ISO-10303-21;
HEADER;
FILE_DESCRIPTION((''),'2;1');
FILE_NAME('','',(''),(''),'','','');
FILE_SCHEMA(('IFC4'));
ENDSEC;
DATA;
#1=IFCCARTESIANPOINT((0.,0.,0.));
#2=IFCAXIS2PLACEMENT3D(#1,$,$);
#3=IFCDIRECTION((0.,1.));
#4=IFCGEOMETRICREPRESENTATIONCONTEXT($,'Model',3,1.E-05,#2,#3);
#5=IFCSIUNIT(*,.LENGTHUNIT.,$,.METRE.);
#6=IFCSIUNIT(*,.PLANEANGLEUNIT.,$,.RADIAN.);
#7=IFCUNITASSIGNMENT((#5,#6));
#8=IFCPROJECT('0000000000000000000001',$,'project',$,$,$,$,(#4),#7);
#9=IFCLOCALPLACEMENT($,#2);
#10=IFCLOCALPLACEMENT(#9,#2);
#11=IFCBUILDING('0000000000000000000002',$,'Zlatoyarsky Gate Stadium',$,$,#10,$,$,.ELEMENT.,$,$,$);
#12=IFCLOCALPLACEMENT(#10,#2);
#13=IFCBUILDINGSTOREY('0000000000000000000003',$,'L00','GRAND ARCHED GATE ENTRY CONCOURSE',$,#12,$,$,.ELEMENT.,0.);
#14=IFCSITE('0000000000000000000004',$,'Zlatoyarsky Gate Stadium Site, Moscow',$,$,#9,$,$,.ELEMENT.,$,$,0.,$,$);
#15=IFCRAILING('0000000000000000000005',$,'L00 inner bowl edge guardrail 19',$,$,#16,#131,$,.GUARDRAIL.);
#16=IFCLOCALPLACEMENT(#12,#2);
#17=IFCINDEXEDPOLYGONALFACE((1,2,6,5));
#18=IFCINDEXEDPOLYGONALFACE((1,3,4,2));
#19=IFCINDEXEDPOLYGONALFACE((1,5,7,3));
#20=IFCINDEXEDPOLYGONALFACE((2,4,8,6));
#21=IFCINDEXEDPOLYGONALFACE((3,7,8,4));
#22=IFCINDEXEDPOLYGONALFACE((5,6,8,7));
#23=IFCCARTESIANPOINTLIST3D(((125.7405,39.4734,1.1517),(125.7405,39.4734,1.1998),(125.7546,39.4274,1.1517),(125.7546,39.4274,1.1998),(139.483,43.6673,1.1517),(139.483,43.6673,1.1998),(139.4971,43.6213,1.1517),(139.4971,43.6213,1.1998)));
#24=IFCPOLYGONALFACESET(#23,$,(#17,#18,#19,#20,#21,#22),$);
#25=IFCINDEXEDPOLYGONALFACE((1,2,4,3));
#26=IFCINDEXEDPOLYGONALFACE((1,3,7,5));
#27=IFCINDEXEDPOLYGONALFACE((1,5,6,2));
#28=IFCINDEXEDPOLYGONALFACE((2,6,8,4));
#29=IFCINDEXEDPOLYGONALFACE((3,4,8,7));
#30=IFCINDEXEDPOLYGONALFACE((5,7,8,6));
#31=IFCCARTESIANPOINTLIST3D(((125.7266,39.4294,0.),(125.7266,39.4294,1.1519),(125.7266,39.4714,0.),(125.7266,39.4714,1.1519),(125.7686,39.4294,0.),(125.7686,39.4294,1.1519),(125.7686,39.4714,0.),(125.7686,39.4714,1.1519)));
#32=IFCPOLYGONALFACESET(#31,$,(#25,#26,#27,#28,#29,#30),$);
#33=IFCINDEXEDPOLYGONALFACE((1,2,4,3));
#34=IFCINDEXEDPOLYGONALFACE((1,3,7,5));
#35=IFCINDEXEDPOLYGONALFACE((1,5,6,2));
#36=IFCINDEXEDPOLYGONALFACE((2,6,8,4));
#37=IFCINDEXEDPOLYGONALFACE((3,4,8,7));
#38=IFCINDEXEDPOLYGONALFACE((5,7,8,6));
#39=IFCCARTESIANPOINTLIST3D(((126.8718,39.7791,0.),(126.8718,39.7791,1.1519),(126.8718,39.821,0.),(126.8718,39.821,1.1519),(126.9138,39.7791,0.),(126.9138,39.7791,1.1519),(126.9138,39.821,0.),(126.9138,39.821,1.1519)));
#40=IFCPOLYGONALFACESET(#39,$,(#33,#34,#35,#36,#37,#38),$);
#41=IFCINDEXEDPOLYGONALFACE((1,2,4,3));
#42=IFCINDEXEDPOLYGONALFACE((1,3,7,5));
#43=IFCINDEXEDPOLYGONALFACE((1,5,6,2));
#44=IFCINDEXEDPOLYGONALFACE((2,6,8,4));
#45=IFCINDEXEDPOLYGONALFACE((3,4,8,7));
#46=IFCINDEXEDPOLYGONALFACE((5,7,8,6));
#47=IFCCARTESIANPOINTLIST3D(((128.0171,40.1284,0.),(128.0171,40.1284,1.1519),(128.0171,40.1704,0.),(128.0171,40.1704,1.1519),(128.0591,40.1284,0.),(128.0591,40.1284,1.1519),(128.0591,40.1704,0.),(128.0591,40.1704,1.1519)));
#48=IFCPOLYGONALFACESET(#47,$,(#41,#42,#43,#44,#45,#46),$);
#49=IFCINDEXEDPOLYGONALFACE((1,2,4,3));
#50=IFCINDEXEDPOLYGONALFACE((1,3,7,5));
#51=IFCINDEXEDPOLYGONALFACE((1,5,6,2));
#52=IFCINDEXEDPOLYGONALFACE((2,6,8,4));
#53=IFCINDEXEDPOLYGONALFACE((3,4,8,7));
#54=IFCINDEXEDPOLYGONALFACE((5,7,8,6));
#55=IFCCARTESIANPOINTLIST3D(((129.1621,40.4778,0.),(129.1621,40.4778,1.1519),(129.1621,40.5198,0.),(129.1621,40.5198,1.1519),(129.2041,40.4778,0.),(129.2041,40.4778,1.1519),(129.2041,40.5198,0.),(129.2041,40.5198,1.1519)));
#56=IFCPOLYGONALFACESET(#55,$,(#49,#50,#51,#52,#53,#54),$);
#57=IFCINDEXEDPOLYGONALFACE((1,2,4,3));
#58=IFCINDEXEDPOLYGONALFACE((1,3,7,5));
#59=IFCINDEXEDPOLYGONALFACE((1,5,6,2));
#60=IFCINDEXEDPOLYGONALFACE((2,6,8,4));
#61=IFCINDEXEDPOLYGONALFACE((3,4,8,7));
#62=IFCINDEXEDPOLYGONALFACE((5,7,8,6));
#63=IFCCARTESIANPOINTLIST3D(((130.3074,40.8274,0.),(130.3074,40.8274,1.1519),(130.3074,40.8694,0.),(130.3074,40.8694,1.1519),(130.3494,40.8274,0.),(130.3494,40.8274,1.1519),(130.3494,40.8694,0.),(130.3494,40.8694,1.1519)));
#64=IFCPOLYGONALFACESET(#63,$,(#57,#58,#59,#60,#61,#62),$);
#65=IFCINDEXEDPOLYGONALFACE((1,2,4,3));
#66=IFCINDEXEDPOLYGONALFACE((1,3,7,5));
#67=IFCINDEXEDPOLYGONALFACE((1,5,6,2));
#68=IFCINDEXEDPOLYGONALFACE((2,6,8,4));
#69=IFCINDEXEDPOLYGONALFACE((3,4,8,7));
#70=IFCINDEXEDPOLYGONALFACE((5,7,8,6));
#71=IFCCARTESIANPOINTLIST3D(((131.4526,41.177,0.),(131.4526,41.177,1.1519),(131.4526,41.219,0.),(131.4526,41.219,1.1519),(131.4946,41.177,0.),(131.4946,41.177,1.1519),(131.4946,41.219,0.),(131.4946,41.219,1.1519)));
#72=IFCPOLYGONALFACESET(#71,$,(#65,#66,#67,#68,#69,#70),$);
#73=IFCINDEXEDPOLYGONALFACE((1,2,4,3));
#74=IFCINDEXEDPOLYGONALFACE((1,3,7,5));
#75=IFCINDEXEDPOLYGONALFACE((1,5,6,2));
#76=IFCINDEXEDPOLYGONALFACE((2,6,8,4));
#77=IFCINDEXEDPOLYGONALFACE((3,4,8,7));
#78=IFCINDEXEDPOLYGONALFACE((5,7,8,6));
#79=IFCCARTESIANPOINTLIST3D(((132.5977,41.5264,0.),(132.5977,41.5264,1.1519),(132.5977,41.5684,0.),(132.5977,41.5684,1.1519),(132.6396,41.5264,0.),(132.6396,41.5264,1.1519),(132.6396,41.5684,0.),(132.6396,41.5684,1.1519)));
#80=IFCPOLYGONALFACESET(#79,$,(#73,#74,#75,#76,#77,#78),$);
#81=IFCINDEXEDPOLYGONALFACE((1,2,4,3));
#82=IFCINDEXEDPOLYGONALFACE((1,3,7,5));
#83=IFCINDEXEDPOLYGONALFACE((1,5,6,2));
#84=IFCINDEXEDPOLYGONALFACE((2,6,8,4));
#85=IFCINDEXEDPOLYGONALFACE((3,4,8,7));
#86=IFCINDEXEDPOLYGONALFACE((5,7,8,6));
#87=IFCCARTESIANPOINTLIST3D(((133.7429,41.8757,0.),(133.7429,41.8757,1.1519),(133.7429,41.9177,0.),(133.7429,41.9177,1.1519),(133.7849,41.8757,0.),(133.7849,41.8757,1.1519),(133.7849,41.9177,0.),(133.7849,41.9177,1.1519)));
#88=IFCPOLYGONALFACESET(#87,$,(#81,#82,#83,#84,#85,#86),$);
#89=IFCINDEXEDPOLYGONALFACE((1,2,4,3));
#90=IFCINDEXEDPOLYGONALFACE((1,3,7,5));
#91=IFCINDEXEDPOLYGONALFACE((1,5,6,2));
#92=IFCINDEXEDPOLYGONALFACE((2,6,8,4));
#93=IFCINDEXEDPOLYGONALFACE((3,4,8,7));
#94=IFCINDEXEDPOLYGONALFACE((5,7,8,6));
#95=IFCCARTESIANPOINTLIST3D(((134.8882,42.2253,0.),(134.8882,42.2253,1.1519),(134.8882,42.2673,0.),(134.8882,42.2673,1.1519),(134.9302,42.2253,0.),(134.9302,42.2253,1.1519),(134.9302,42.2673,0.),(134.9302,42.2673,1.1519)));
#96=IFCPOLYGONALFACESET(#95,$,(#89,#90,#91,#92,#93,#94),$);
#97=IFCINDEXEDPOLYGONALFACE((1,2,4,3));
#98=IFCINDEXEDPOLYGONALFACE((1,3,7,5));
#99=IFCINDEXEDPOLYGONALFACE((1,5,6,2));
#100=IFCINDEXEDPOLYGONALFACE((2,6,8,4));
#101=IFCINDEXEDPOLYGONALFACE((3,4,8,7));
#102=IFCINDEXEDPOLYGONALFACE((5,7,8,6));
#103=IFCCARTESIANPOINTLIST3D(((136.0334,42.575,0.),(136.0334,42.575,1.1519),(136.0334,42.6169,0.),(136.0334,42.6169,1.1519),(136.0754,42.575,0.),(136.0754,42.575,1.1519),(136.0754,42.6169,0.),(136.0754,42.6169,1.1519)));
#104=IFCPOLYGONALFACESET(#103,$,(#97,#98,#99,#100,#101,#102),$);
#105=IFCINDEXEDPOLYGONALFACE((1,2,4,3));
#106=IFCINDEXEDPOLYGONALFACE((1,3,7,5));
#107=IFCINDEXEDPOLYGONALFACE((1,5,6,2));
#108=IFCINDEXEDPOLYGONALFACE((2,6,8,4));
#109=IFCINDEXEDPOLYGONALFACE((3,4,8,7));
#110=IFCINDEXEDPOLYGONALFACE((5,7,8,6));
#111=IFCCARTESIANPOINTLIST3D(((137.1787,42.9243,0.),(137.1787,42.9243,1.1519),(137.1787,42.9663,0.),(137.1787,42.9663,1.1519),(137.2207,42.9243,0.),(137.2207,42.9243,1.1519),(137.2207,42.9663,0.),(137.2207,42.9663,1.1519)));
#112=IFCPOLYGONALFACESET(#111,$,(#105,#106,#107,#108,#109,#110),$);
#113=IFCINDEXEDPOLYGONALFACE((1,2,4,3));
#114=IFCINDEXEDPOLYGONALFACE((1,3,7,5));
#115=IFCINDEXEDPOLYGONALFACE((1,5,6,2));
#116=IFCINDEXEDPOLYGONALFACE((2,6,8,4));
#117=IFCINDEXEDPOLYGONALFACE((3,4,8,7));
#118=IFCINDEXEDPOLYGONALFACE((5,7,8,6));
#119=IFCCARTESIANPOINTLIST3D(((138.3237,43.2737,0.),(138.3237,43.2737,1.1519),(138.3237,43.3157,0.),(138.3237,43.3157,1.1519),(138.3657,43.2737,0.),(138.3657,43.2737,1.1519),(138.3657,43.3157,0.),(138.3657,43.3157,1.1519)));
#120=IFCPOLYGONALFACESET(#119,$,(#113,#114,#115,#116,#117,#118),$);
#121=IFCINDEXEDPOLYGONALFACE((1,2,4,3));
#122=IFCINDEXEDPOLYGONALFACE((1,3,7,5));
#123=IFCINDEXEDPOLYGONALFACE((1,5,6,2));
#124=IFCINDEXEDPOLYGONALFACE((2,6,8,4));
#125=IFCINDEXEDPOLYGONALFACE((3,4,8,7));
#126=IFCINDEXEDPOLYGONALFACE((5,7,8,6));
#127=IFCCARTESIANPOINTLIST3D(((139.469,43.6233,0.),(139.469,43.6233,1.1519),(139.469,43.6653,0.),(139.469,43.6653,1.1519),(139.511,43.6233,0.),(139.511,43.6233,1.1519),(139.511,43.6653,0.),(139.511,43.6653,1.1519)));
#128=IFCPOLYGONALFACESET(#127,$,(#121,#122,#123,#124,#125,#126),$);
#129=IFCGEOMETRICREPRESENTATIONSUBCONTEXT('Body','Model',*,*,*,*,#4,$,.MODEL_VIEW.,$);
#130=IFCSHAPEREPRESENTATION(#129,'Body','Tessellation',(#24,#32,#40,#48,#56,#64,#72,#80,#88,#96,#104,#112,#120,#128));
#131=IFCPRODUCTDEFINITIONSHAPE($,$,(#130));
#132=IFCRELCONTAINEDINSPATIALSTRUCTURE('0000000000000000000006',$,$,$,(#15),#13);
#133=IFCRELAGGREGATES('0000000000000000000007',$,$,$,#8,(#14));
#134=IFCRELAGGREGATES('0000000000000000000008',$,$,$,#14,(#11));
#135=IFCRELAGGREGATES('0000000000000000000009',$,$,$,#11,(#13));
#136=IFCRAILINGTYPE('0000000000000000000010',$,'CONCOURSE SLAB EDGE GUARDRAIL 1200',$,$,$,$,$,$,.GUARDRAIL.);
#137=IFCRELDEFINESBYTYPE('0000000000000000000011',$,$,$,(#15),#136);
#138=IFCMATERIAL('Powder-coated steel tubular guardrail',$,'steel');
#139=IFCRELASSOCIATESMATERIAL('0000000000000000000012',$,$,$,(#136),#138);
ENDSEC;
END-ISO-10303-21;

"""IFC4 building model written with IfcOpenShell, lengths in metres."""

from ifc_helpers import new_model, si_unit, direction, frame, origin, origin_2d, place, context, subcontext, project, spatial, rectangle, extrude, material, type_object, element, save


model = new_model("IFC4")

# Units and contexts
model_context = context("Model", 3, precision=1e-05, world=origin(), true_north=direction((0.0, 1.0)))
body_context = subcontext(model_context, "Body", "Model", "MODEL_VIEW")
ifc_project = project(units=[si_unit("LENGTHUNIT", "METRE"), si_unit("PLANEANGLEUNIT", "RADIAN")], contexts=[model_context])

# Site, building, storey
site_placement = place(None, origin())
site = spatial("IfcSite", under=ifc_project, at=site_placement, Name="Zlatoyarsky Gate Stadium Site, Moscow", CompositionType="ELEMENT", RefElevation=0.0)
building_placement = place(site_placement, origin())
building = spatial("IfcBuilding", under=site, at=building_placement, Name="Zlatoyarsky Gate Stadium", CompositionType="ELEMENT")
storey_placement = place(building_placement, origin())
storey = spatial("IfcBuildingStorey", under=building, at=storey_placement, Name="L00", Description="GRAND ARCHED GATE ENTRY CONCOURSE", CompositionType="ELEMENT", Elevation=0.0)

# Railing
ifc_material_1 = material(Name="Powder-coated steel tubular guardrail", Category="steel")
railing_type = type_object("IfcRailingType", Name="CONCOURSE SLAB EDGE GUARDRAIL 1200", PredefinedType="GUARDRAIL", material=ifc_material_1)
railing_1_placement = place(storey_placement, frame((125.7476, 39.4504, 0.0)))
element("IfcRailing", 1, at=railing_1_placement, inside=storey, type_object=railing_type, Name="L00 inner bowl edge guardrail 19", PredefinedType="GUARDRAIL", context=body_context, shape_type="SweptSolid", body=[
    extrude(rectangle(XDim=0.0481, YDim=0.0481, at=origin_2d()), frame((0.0, 0.0, 1.1758), z_axis=(0.956453, 0.291886, 0.0), x_axis=(-0.291886, 0.956453, 0.0)), (0.0, 0.0, 1.0), 14.3682),
    extrude(rectangle(XDim=0.042, YDim=0.042, at=origin_2d()), origin(), (0.0, 0.0, 1.0), 1.1519),
    extrude(rectangle(XDim=0.042, YDim=0.042, at=origin_2d()), frame((1.1453, 0.3496, 0.0)), (0.0, 0.0, 1.0), 1.1519),
    extrude(rectangle(XDim=0.042, YDim=0.042, at=origin_2d()), frame((2.2905, 0.699, 0.0)), (0.0, 0.0, 1.0), 1.1519),
    extrude(rectangle(XDim=0.042, YDim=0.042, at=origin_2d()), frame((3.4355, 1.0483, 0.0)), (0.0, 0.0, 1.0), 1.1519),
    extrude(rectangle(XDim=0.042, YDim=0.042, at=origin_2d()), frame((4.5808, 1.3979, 0.0)), (0.0, 0.0, 1.0), 1.1519),
    extrude(rectangle(XDim=0.042, YDim=0.042, at=origin_2d()), frame((5.7261, 1.7476, 0.0)), (0.0, 0.0, 1.0), 1.1519),
    extrude(rectangle(XDim=0.042, YDim=0.042, at=origin_2d()), frame((6.8711, 2.0969, 0.0)), (0.0, 0.0, 1.0), 1.1519),
    extrude(rectangle(XDim=0.042, YDim=0.042, at=origin_2d()), frame((8.0164, 2.4463, 0.0)), (0.0, 0.0, 1.0), 1.1519),
    extrude(rectangle(XDim=0.042, YDim=0.042, at=origin_2d()), frame((9.1616, 2.7959, 0.0)), (0.0, 0.0, 1.0), 1.1519),
    extrude(rectangle(XDim=0.042, YDim=0.042, at=origin_2d()), frame((10.3069, 3.1455, 0.0)), (0.0, 0.0, 1.0), 1.1519),
    extrude(rectangle(XDim=0.042, YDim=0.042, at=origin_2d()), frame((11.4521, 3.4949, 0.0)), (0.0, 0.0, 1.0), 1.1519),
    extrude(rectangle(XDim=0.042, YDim=0.042, at=origin_2d()), frame((12.5972, 3.8442, 0.0)), (0.0, 0.0, 1.0), 1.1519),
    extrude(rectangle(XDim=0.042, YDim=0.042, at=origin_2d()), frame((13.7424, 4.1938, 0.0)), (0.0, 0.0, 1.0), 1.1519),
])

save(model, "model.ifc")
